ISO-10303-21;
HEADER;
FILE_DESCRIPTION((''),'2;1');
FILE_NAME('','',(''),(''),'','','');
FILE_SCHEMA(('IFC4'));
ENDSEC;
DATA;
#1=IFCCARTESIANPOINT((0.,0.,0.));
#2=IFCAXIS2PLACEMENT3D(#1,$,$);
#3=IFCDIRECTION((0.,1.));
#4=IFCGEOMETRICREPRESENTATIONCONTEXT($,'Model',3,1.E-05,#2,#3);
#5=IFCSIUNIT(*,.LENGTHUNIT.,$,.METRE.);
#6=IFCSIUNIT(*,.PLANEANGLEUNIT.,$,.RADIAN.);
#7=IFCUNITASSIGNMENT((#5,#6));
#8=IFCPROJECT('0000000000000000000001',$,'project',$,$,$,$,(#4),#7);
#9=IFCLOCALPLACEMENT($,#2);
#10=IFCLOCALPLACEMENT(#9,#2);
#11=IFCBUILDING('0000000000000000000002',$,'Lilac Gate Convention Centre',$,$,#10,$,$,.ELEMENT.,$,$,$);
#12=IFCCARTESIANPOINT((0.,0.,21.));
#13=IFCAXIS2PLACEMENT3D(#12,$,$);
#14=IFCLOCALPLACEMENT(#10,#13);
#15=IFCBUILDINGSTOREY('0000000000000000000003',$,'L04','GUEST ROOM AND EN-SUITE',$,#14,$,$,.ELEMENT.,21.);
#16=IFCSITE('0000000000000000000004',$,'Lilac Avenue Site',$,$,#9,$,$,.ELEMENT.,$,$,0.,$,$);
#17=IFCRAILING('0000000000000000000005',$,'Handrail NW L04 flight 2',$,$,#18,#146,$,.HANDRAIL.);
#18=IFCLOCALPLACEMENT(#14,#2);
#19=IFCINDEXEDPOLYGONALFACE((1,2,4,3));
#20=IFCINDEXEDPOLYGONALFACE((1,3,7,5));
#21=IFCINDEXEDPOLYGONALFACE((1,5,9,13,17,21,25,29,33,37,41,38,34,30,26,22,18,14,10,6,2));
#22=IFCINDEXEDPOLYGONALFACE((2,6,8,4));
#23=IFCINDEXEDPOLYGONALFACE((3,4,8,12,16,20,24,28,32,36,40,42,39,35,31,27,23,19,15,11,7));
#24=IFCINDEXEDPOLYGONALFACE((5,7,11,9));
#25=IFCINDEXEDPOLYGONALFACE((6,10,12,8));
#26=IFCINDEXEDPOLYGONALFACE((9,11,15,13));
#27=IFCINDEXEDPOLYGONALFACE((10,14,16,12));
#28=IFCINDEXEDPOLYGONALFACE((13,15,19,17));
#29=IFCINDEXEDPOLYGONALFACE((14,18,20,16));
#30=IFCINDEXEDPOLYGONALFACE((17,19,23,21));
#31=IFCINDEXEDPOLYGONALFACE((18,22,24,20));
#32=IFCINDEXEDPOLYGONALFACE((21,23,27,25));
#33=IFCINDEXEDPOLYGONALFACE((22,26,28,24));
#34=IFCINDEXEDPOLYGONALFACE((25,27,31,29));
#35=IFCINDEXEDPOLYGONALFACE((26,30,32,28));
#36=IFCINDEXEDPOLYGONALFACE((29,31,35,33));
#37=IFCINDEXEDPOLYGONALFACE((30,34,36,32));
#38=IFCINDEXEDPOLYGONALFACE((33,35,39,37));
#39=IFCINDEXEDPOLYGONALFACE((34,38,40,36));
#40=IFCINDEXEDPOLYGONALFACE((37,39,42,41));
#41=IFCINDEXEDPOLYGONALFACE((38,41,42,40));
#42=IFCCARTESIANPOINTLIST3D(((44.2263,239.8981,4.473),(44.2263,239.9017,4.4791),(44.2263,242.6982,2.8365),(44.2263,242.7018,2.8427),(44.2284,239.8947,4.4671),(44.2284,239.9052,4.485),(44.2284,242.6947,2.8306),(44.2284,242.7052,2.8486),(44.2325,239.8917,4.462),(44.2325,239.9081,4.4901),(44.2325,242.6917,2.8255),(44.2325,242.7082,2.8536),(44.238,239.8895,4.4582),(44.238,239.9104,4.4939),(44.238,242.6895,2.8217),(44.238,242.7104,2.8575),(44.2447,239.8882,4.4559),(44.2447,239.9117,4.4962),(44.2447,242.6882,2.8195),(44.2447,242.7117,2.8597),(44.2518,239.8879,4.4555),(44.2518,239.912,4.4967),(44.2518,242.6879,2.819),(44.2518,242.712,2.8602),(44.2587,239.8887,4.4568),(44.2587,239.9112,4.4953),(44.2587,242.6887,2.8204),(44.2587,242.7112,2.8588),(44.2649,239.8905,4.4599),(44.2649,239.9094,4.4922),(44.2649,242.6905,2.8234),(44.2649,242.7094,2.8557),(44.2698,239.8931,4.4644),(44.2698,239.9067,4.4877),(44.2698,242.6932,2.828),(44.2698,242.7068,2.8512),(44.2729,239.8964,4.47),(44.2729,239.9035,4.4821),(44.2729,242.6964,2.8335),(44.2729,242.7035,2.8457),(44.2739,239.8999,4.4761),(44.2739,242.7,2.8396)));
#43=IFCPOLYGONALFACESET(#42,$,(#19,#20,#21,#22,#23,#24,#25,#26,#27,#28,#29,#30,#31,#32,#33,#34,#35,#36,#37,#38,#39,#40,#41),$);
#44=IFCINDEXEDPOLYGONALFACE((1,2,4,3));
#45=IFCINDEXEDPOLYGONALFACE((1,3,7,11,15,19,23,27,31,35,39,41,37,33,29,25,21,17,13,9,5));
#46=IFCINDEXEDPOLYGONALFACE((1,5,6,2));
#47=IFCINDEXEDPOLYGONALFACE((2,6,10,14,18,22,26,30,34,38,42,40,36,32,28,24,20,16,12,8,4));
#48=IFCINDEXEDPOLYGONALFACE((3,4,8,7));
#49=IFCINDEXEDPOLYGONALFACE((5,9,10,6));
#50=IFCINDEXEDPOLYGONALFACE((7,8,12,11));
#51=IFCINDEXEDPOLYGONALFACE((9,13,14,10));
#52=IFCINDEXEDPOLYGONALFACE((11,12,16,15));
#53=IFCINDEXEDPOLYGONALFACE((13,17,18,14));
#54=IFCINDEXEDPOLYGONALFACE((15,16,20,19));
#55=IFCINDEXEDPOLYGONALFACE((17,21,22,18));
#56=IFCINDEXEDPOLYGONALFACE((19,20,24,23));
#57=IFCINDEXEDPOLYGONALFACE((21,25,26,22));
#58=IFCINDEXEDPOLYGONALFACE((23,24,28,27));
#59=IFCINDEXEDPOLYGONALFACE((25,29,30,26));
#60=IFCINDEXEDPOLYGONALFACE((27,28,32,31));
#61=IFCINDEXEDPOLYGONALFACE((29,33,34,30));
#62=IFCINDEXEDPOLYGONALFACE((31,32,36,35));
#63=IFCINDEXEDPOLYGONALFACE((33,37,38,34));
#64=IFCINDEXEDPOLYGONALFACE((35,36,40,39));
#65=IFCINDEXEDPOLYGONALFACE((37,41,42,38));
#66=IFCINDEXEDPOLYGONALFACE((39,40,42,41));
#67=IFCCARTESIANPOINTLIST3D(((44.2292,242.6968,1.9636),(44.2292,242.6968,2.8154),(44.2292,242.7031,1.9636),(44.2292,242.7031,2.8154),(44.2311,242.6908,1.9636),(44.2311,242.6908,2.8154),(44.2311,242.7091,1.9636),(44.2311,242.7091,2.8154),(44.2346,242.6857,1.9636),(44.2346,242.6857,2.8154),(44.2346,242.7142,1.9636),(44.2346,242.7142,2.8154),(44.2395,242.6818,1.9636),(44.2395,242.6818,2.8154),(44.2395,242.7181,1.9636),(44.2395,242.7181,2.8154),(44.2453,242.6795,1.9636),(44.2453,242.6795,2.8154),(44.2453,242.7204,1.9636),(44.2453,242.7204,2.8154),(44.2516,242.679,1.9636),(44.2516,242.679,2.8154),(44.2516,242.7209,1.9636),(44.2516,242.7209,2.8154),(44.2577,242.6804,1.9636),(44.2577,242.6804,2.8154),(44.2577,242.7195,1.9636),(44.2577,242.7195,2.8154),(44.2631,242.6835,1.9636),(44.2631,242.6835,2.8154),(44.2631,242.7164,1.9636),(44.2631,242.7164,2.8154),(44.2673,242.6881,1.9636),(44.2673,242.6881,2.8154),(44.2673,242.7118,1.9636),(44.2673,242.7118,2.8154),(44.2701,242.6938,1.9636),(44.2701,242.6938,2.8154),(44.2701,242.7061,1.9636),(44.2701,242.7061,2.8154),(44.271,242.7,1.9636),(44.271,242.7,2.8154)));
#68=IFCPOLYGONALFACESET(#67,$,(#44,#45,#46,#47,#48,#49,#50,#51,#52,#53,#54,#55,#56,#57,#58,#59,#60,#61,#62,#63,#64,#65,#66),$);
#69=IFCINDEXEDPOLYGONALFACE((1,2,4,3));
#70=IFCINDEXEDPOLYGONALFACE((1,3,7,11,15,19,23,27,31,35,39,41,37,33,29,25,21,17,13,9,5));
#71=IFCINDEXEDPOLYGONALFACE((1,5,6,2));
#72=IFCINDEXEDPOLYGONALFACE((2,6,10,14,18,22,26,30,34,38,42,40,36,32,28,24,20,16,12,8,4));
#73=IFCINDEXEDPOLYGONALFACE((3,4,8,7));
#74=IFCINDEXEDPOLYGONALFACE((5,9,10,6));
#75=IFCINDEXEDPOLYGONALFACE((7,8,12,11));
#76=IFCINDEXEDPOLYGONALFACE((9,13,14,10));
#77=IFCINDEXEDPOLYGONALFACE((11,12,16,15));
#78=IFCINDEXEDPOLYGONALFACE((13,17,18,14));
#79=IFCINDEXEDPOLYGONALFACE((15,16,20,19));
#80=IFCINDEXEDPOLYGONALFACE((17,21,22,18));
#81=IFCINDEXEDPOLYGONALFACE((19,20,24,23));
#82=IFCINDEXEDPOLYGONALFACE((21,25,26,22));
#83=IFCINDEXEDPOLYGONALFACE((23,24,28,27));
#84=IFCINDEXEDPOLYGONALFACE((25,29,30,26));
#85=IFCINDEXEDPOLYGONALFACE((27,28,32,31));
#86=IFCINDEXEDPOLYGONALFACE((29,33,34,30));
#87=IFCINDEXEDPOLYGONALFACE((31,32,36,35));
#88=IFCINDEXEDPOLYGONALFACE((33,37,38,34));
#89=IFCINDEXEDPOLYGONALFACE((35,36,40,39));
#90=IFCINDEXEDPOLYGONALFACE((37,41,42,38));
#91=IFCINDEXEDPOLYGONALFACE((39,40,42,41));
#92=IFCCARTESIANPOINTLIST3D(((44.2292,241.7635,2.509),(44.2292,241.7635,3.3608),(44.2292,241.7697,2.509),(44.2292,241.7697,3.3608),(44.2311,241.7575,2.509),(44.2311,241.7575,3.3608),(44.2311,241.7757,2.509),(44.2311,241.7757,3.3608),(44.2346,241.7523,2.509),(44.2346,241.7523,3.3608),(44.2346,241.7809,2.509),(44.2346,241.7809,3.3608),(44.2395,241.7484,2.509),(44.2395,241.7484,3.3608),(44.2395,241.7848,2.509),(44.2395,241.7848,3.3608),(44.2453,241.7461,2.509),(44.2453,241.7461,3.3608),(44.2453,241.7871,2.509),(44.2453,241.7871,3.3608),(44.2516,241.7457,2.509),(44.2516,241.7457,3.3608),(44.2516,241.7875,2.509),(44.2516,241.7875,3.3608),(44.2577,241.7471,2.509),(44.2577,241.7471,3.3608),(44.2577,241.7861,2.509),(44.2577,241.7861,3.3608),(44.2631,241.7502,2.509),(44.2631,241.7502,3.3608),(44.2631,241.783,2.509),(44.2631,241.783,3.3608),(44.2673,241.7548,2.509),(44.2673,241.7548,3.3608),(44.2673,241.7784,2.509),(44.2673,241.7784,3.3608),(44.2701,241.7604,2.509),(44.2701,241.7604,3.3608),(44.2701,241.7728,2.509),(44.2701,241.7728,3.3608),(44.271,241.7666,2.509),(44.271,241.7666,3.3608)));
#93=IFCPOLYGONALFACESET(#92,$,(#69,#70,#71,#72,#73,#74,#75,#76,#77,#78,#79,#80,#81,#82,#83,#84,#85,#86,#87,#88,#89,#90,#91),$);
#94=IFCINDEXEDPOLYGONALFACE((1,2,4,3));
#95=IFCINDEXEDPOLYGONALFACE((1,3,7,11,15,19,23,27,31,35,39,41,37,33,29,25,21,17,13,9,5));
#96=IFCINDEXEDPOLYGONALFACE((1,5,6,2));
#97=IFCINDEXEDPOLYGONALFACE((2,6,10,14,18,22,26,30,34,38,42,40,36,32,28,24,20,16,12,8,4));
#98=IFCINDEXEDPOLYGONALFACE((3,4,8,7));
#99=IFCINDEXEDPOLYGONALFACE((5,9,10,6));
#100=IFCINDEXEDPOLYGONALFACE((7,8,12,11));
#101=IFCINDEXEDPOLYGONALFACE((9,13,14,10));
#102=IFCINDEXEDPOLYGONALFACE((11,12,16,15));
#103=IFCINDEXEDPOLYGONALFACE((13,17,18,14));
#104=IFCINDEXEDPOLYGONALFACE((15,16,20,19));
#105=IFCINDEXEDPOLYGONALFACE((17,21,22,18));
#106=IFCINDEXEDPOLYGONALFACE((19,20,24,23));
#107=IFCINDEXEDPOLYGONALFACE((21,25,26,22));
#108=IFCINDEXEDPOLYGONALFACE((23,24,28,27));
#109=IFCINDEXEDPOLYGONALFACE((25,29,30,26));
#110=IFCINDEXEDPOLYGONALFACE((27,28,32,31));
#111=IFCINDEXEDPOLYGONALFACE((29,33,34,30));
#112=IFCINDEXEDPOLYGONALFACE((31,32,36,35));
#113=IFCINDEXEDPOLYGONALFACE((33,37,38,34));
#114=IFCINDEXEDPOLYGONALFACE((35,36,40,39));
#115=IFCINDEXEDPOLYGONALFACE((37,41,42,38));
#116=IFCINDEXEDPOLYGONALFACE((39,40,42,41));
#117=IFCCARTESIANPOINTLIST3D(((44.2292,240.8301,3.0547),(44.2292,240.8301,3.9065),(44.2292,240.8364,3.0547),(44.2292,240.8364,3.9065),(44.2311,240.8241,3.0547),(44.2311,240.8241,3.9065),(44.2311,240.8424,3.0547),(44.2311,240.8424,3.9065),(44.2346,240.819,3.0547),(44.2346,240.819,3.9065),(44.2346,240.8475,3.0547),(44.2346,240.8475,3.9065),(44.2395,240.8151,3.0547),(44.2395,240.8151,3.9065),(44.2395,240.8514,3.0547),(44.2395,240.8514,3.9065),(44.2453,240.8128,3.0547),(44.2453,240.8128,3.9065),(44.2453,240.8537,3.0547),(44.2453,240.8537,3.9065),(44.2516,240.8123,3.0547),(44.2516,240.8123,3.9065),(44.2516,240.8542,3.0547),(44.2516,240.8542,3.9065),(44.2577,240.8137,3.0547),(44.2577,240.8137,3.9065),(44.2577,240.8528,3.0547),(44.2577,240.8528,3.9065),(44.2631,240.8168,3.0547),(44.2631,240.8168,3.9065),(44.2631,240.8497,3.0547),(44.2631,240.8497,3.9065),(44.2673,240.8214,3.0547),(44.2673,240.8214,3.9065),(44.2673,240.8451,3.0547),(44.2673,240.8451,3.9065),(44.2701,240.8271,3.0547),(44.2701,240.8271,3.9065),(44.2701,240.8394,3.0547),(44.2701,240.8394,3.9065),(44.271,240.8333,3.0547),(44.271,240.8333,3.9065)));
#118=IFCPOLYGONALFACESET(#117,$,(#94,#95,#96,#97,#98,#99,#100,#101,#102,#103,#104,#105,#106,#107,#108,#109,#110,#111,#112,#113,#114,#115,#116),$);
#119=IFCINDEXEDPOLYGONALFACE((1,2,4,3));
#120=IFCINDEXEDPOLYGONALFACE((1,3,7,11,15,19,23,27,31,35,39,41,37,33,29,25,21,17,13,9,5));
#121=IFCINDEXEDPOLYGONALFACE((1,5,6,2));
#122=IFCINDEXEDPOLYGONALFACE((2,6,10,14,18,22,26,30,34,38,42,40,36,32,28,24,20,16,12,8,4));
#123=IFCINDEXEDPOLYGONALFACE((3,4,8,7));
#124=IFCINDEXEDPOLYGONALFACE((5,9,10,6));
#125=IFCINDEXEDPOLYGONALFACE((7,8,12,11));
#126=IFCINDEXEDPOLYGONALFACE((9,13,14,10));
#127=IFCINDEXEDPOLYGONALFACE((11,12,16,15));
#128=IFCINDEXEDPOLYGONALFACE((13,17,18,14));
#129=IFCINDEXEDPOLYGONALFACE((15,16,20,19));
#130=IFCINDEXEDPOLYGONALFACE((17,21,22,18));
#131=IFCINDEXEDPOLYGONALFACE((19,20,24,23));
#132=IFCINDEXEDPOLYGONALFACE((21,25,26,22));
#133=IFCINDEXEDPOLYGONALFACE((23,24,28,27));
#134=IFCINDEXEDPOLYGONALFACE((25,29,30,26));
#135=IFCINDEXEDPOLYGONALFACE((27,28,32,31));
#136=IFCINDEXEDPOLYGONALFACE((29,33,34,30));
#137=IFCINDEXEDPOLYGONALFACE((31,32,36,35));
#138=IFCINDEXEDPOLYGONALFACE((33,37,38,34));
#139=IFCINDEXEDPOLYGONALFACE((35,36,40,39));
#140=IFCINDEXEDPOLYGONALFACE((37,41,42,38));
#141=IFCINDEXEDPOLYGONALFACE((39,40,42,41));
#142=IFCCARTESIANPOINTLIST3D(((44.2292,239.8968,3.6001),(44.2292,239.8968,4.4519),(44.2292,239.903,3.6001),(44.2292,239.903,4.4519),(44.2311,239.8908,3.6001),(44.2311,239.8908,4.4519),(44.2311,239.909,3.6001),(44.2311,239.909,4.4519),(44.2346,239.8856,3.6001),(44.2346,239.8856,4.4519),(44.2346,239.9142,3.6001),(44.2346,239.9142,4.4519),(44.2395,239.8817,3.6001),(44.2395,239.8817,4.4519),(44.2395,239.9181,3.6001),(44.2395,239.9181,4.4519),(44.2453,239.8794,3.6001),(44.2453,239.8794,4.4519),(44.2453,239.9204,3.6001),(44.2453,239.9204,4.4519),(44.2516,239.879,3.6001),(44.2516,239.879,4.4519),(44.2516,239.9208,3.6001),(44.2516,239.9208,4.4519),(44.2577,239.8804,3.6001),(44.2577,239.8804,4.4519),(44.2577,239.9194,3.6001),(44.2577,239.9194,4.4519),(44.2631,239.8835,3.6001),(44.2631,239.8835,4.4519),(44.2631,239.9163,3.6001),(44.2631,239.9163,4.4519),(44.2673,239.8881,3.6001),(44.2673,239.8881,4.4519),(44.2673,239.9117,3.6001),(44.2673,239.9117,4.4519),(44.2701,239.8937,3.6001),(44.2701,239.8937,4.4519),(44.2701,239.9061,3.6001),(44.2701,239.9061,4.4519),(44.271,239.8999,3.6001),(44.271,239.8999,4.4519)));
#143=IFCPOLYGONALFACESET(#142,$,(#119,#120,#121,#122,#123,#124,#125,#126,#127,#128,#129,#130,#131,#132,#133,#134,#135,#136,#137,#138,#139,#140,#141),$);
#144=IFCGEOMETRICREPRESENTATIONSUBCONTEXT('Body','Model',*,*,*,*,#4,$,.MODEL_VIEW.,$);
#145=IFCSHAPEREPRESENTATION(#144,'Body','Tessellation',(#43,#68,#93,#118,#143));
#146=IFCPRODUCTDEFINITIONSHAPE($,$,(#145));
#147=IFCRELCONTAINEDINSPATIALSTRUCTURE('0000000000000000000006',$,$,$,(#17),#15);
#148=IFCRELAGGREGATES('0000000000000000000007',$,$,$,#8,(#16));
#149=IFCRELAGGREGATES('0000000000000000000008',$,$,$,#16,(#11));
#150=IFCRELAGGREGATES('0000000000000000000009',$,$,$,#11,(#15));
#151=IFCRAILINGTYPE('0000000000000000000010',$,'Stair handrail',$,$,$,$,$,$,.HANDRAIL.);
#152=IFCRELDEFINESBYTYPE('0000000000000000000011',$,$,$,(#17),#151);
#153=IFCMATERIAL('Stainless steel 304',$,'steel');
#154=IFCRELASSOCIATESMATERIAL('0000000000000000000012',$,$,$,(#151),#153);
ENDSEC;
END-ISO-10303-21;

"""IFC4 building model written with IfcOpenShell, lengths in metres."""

from ifc_helpers import new_model, si_unit, direction, frame, origin, origin_2d, place, context, subcontext, project, spatial, circle, extrude, material, type_object, element, save


model = new_model("IFC4")

# Units and contexts
model_context = context("Model", 3, precision=1e-05, world=origin(), true_north=direction((0.0, 1.0)))
body_context = subcontext(model_context, "Body", "Model", "MODEL_VIEW")
ifc_project = project(units=[si_unit("LENGTHUNIT", "METRE"), si_unit("PLANEANGLEUNIT", "RADIAN")], contexts=[model_context])

# Site, building, storey
site_placement = place(None, origin())
site = spatial("IfcSite", under=ifc_project, at=site_placement, Name="Lilac Avenue Site", CompositionType="ELEMENT", RefElevation=0.0)
building_placement = place(site_placement, origin())
building = spatial("IfcBuilding", under=site, at=building_placement, Name="Lilac Gate Convention Centre", CompositionType="ELEMENT")
storey_placement = place(building_placement, frame((0.0, 0.0, 21.0)))
storey = spatial("IfcBuildingStorey", under=building, at=storey_placement, Name="L04", Description="GUEST ROOM AND EN-SUITE", CompositionType="ELEMENT", Elevation=21.0)

# Railing
ifc_material_1 = material(Name="Stainless steel 304", Category="steel")
railing_type = type_object("IfcRailingType", Name="Stair handrail", PredefinedType="HANDRAIL", material=ifc_material_1)
for number, where, name in (
    (1, (44.25, 242.7, 1.9636), "Handrail NW L04 flight 2"),
):
    element("IfcRailing", number, at=place(storey_placement, frame(where)), inside=storey, type_object=railing_type, Name=name, PredefinedType="HANDRAIL", context=body_context, shape_type="SweptSolid", body=[
        extrude(circle(Radius=0.0239, at=origin_2d()), frame((0.0, 0.0, 0.876), z_axis=(0.0, -0.863361, 0.504587), x_axis=(1.0, 0.0, 0.0)), (0.0, 0.0, 1.0), 3.2432),
        extrude(circle(Radius=0.021, at=origin_2d()), origin(), (0.0, 0.0, 1.0), 0.8518),
        extrude(circle(Radius=0.021, at=origin_2d()), frame((0.0, -0.9333, 0.5454)), (0.0, 0.0, 1.0), 0.8518),
        extrude(circle(Radius=0.021, at=origin_2d()), frame((0.0, -1.8667, 1.0911)), (0.0, 0.0, 1.0), 0.8518),
        extrude(circle(Radius=0.021, at=origin_2d()), frame((0.0, -2.8, 1.6365)), (0.0, 0.0, 1.0), 0.8518),
    ])

save(model, "model.ifc")
